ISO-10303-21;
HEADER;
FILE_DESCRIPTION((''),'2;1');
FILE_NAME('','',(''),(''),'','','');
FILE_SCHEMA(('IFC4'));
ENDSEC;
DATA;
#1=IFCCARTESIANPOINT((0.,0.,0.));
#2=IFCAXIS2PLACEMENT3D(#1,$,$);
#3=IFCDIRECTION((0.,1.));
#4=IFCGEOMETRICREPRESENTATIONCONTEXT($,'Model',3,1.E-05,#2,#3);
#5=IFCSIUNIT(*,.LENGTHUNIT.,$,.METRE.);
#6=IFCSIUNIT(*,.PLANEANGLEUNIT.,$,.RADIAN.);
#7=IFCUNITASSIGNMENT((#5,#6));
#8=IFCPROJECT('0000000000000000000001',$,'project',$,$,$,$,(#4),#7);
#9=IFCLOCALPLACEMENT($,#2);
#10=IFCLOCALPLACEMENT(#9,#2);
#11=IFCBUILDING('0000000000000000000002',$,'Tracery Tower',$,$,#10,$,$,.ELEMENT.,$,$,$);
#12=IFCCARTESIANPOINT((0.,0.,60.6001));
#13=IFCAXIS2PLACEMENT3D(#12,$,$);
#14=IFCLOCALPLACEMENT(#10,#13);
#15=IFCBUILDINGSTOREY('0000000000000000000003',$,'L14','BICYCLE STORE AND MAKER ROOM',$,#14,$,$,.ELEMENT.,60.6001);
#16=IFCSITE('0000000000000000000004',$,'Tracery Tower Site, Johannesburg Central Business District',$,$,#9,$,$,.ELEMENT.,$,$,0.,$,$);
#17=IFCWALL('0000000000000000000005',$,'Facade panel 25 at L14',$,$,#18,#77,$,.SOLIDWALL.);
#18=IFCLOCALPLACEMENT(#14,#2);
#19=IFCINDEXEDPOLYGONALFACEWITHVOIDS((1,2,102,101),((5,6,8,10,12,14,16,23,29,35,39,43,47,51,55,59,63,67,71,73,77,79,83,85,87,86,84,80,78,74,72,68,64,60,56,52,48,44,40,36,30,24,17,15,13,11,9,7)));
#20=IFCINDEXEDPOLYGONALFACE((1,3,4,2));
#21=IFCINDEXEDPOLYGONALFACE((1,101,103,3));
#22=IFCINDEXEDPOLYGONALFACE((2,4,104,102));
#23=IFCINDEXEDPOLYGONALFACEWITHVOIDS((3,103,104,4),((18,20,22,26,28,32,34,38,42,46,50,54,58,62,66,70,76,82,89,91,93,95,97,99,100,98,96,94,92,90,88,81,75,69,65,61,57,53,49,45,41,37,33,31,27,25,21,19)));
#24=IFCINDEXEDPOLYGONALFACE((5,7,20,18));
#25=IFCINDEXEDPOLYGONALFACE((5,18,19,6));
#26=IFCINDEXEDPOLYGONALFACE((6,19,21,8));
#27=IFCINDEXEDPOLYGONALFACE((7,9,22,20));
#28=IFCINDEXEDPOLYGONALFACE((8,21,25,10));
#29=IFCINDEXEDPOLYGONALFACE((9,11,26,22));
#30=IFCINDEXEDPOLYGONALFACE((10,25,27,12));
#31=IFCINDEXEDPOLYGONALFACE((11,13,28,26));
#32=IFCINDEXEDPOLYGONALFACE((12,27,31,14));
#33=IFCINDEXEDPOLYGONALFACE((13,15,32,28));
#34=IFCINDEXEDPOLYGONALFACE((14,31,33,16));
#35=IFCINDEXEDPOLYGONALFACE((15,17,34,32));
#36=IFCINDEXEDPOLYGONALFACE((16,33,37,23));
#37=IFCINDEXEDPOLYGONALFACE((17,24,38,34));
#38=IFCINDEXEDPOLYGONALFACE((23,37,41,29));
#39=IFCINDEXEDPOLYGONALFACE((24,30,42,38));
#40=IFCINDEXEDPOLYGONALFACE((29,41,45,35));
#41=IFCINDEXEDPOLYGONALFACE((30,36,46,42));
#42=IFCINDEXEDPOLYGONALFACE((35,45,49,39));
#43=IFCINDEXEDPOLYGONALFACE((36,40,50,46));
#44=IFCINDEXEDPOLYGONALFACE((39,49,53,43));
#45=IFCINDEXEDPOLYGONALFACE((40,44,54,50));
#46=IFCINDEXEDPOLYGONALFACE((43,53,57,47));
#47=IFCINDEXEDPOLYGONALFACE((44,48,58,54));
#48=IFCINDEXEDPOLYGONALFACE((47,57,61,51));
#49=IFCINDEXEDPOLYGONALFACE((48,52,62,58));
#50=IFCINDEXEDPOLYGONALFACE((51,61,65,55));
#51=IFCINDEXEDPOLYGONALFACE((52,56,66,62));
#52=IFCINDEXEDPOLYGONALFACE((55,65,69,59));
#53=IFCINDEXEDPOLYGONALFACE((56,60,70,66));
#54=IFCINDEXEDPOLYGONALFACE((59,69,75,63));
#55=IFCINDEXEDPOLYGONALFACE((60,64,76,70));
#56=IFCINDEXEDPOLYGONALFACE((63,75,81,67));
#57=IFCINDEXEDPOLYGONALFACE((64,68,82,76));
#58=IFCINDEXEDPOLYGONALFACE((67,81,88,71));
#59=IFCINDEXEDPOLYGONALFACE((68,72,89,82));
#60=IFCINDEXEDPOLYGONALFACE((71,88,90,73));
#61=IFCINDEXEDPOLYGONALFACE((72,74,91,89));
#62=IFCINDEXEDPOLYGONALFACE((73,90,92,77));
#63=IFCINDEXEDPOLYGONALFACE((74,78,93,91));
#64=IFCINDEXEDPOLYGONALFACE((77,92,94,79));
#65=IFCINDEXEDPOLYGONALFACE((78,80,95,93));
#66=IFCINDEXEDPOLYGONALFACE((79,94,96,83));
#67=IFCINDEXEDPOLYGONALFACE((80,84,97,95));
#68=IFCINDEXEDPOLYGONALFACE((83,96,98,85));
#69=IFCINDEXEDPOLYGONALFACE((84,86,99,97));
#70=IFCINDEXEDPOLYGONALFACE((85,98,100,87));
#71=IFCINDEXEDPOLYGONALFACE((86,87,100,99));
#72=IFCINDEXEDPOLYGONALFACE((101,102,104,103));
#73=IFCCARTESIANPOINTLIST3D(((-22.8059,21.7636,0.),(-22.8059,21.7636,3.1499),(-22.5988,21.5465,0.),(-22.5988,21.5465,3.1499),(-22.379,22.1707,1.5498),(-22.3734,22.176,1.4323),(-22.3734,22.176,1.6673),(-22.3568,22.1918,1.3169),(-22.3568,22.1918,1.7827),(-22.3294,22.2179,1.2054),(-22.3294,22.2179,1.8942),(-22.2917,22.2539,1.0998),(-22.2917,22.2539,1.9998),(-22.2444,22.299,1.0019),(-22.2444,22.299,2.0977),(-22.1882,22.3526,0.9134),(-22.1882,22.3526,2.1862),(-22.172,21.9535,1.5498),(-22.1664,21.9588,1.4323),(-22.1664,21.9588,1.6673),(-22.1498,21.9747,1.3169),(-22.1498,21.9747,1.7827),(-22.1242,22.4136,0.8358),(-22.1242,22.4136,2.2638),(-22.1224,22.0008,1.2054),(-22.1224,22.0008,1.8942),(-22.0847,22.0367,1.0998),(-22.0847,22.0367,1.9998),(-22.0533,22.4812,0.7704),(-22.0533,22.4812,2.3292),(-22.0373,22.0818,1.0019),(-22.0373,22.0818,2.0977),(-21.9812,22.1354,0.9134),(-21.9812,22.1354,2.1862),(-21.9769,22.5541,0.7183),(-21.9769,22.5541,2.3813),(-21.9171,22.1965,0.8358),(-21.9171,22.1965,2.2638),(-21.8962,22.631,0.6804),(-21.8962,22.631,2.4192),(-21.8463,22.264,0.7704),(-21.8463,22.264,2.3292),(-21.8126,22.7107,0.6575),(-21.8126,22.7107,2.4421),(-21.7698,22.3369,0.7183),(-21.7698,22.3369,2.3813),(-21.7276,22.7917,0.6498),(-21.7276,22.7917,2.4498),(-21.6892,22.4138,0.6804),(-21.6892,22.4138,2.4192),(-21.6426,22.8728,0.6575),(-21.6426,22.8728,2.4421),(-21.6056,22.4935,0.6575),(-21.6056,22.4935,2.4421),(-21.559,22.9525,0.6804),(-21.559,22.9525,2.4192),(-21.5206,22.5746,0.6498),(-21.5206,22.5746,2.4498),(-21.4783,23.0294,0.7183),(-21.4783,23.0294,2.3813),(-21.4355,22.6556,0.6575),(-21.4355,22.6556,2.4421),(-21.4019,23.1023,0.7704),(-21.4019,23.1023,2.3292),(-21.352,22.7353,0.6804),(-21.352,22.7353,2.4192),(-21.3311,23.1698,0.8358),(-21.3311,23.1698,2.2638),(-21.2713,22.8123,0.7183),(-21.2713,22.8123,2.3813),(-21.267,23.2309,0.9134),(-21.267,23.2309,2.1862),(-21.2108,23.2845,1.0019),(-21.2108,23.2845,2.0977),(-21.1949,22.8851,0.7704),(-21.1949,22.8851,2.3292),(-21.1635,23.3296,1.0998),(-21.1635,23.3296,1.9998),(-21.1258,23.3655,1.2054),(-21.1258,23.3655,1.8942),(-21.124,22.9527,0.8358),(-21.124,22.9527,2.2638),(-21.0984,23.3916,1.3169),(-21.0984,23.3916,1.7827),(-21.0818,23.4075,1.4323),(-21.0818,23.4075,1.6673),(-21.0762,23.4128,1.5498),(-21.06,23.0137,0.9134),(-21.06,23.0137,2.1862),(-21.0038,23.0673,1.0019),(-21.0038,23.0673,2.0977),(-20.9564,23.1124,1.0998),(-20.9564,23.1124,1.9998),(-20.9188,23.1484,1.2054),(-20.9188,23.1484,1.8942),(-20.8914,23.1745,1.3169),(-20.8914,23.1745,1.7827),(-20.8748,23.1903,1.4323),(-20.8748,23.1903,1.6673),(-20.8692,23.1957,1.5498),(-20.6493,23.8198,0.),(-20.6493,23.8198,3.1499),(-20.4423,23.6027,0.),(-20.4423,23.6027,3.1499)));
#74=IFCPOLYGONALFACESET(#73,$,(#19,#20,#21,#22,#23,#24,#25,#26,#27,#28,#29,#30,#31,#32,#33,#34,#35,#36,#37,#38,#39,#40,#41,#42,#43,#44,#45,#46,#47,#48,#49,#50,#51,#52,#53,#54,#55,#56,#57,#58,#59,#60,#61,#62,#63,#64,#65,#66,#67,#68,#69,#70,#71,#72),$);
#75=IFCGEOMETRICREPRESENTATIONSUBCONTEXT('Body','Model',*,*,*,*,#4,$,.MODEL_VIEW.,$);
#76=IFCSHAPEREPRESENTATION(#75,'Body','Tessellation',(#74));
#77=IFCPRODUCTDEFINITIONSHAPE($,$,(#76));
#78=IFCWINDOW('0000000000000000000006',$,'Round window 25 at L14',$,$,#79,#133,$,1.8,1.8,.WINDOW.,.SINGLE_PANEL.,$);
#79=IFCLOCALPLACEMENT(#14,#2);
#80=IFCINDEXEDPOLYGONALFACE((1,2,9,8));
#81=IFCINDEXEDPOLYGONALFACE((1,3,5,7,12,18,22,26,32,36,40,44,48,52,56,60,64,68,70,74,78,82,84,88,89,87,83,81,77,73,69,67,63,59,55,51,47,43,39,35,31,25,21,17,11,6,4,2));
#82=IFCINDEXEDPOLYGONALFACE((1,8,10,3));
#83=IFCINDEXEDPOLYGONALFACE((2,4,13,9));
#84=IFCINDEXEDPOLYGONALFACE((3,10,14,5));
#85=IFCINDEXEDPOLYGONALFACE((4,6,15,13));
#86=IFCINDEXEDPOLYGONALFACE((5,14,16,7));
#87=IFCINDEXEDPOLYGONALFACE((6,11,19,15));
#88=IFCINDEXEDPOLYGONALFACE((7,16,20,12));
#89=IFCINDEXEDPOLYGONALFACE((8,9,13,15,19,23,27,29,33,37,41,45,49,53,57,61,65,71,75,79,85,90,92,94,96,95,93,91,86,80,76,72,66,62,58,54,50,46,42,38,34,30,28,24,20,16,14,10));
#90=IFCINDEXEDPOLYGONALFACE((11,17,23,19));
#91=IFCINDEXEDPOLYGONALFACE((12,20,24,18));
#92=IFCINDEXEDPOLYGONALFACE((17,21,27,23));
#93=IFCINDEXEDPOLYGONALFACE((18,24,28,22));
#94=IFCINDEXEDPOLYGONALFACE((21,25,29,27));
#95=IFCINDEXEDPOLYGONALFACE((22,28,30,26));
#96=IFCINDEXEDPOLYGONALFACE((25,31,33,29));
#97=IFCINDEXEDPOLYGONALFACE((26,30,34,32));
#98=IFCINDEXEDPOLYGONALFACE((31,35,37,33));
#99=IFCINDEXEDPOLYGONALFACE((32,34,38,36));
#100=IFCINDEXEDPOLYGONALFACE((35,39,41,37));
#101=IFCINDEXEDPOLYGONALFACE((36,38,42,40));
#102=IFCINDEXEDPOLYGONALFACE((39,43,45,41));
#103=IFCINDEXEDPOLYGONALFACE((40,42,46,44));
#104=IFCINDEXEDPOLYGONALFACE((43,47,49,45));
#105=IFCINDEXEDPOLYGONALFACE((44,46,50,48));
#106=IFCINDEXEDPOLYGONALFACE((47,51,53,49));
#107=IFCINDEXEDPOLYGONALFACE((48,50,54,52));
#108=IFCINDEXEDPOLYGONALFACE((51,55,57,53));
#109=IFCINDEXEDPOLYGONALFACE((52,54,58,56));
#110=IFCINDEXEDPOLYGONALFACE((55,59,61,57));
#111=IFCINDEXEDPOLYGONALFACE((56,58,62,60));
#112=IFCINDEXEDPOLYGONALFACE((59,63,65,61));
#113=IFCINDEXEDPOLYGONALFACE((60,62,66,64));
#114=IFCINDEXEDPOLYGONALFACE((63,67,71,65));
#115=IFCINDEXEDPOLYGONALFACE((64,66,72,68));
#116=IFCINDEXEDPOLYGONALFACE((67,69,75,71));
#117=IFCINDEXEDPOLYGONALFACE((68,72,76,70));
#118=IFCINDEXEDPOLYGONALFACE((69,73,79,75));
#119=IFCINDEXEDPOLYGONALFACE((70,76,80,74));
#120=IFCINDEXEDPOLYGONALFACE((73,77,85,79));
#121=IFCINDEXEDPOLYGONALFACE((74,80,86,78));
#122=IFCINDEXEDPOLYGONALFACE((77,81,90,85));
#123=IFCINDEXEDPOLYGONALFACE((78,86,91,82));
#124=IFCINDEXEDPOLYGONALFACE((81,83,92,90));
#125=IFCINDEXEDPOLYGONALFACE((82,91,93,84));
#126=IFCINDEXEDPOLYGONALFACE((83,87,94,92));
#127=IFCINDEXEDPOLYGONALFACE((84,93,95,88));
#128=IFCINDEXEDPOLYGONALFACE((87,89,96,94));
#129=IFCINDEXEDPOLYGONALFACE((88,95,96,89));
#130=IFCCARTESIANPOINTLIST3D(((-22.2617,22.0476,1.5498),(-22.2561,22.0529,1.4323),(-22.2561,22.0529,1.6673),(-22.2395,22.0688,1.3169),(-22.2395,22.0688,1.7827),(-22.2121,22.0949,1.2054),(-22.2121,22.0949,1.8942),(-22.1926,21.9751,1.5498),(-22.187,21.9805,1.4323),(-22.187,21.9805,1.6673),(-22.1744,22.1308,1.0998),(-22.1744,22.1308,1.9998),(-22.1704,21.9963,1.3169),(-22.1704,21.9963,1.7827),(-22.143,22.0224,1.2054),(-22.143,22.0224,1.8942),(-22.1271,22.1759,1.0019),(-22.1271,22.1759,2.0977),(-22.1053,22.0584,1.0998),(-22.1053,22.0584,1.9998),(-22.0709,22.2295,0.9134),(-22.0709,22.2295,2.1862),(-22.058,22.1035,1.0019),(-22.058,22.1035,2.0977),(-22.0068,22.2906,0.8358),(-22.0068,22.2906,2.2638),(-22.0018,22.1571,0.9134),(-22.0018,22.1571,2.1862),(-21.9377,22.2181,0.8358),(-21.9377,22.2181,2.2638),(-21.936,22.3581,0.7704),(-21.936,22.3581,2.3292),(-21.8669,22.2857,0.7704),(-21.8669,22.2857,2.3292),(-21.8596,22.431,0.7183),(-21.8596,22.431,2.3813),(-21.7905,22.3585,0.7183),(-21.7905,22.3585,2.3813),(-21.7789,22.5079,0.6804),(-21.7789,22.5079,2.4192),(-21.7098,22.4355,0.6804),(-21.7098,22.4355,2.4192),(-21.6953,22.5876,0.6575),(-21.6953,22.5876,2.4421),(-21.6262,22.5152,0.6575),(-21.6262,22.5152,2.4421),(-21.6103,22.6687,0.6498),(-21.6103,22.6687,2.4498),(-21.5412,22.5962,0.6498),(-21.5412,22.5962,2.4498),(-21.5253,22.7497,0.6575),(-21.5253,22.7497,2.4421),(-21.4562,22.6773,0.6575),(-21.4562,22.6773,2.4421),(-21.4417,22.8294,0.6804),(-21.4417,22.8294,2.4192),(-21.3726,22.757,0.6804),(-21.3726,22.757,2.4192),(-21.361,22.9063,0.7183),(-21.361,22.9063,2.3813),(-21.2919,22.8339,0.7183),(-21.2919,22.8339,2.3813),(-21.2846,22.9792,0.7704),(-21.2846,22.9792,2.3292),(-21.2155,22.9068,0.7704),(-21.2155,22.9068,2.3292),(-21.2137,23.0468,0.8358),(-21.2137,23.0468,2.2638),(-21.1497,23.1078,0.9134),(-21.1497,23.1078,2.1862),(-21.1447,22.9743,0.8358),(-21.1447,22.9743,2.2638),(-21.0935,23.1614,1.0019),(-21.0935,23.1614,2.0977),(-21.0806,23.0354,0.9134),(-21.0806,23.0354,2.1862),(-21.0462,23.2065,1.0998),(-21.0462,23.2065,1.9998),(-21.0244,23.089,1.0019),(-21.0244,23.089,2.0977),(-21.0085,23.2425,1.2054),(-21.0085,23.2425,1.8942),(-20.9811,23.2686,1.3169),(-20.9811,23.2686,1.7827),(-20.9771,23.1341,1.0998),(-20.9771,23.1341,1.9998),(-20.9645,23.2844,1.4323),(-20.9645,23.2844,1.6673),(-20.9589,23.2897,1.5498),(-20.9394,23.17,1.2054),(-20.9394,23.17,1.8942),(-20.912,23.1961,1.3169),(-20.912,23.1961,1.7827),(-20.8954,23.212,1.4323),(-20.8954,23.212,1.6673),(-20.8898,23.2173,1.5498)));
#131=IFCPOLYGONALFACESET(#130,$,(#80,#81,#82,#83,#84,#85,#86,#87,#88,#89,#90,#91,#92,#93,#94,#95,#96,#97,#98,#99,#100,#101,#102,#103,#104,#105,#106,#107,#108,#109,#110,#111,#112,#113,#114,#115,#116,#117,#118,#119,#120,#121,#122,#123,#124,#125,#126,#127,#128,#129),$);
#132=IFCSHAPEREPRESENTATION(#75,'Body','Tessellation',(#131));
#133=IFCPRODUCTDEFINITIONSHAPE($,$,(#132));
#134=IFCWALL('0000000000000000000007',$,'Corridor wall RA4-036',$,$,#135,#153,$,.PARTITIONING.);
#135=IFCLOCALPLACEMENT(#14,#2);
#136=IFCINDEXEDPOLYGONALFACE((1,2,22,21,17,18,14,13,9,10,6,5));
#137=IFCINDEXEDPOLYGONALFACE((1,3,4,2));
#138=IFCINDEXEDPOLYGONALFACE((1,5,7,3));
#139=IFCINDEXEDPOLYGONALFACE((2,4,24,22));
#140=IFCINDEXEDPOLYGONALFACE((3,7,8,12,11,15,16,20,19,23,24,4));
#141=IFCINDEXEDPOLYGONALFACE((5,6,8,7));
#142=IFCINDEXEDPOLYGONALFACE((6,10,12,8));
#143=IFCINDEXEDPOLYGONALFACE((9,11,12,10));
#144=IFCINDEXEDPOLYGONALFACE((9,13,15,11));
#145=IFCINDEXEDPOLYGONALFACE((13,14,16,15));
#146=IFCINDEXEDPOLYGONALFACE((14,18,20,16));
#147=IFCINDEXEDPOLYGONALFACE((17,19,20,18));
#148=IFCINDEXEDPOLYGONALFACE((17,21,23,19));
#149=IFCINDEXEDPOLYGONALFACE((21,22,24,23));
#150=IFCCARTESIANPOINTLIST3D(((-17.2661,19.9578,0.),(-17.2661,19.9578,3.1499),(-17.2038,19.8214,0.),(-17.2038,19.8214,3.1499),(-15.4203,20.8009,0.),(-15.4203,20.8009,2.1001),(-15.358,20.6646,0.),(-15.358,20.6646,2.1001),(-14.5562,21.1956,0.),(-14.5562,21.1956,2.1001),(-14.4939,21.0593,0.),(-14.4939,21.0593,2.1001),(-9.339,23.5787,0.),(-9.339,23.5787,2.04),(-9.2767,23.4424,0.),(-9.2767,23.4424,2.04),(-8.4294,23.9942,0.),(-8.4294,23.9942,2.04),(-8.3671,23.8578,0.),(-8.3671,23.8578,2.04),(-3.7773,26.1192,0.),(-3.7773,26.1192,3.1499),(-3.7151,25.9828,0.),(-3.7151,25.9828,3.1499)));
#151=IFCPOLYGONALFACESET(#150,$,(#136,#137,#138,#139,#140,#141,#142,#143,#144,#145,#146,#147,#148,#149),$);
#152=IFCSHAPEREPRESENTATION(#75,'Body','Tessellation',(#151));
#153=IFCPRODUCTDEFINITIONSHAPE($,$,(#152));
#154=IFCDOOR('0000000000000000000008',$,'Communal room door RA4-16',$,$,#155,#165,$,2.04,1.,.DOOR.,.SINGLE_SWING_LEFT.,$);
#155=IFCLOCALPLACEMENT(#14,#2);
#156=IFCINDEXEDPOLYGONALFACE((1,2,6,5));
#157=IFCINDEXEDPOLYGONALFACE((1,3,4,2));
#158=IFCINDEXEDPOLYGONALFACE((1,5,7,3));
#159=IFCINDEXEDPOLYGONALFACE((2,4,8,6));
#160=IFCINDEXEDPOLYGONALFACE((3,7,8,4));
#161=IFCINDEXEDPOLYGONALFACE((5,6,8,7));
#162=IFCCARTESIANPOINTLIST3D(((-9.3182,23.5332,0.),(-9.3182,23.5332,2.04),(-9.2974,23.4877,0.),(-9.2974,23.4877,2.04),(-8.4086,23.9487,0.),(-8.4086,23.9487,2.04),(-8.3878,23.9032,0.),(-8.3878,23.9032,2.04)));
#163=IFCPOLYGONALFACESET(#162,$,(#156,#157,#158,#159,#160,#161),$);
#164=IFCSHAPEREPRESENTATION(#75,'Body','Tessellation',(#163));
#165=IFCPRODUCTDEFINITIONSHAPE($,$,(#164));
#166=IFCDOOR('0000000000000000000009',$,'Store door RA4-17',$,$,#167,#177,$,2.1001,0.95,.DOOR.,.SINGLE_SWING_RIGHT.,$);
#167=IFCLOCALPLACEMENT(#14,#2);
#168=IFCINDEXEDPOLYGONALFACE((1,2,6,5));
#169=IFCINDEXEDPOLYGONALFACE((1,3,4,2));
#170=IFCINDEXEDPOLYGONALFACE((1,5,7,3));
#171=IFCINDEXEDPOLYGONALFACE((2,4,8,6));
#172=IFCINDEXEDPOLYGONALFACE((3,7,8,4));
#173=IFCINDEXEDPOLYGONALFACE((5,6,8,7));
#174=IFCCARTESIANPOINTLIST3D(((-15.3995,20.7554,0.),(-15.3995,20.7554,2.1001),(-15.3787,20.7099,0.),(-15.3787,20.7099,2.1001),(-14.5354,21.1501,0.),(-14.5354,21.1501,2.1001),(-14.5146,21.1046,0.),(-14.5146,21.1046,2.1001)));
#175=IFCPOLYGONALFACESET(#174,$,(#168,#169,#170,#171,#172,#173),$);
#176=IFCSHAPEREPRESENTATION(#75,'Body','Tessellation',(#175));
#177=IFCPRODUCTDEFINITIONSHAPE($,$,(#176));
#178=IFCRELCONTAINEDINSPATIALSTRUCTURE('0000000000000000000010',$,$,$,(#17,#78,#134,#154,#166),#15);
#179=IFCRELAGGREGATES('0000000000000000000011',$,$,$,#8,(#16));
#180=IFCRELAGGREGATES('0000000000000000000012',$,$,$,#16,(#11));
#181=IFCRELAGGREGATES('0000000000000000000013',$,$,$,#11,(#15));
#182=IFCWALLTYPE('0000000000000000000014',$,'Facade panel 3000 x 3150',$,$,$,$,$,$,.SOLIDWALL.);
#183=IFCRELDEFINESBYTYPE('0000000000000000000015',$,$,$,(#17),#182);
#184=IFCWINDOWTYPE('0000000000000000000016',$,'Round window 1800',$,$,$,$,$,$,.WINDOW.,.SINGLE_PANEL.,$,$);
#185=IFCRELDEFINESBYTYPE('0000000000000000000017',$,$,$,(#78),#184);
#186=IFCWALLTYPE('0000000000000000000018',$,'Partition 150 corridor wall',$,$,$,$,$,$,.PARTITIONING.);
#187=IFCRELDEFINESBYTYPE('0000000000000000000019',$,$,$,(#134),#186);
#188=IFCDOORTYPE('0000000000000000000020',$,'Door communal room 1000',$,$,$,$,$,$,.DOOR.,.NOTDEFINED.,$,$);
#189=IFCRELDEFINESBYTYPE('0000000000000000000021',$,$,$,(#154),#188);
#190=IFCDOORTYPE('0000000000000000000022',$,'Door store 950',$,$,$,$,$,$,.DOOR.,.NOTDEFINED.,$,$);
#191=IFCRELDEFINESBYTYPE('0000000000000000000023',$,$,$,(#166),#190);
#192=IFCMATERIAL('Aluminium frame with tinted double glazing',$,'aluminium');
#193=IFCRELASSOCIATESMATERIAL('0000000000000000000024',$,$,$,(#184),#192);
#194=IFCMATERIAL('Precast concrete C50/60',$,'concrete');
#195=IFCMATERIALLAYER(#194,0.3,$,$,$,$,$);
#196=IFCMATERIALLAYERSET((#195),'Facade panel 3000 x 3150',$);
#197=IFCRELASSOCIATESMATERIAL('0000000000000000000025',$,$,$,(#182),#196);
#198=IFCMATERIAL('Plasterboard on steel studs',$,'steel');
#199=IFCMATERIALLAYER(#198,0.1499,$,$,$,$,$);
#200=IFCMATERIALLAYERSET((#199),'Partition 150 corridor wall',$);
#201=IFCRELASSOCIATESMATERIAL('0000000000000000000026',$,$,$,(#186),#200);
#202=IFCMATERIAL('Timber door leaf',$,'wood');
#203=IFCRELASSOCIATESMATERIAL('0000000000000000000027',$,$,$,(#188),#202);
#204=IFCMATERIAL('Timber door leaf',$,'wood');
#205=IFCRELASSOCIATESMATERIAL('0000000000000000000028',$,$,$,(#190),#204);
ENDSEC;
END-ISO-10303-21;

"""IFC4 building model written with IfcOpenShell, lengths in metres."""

from ifc_helpers import new_model, si_unit, direction, frame, frame_2d, origin, origin_2d, place, context, subcontext, project, spatial, rectangle, circle, extrude, material, layer, layer_set, type_object, element, fill, save


model = new_model("IFC4")

# Units and contexts
model_context = context("Model", 3, precision=1e-05, world=origin(), true_north=direction((0.0, 1.0)))
body_context = subcontext(model_context, "Body", "Model", "MODEL_VIEW")
ifc_project = project(units=[si_unit("LENGTHUNIT", "METRE"), si_unit("PLANEANGLEUNIT", "RADIAN")], contexts=[model_context])

# Site, building, storey
site_placement = place(None, origin())
site = spatial("IfcSite", under=ifc_project, at=site_placement, Name="Tracery Tower Site, Johannesburg Central Business District", CompositionType="ELEMENT", RefElevation=0.0)
building_placement = place(site_placement, origin())
building = spatial("IfcBuilding", under=site, at=building_placement, Name="Tracery Tower", CompositionType="ELEMENT")
storey_placement = place(building_placement, frame((0.0, 0.0, 60.6001)))
storey = spatial("IfcBuildingStorey", under=building, at=storey_placement, Name="L14", Description="BICYCLE STORE AND MAKER ROOM", CompositionType="ELEMENT", Elevation=60.6001)

# Wall, opening, window
ifc_material_1 = material(Name="Aluminium frame with tinted double glazing", Category="aluminium")
window_type = type_object("IfcWindowType", Name="Round window 1800", PartitioningType="SINGLE_PANEL", PredefinedType="WINDOW", material=ifc_material_1)
ifc_material_2 = material(Name="Precast concrete C50/60", Category="concrete")
ifc_layer_1 = layer(ifc_material_2, 0.3)
ifc_layer_set_1 = layer_set([ifc_layer_1], Name="Facade panel 3000 x 3150")
wall_type_1 = type_object("IfcWallType", Name="Facade panel 3000 x 3150", PredefinedType="SOLIDWALL", material=ifc_layer_set_1)
wall_1_placement = place(storey_placement, frame((-20.5459, 23.7112, 0.0), z_axis=(0.0, 0.0, 1.0), x_axis=(-0.723744, -0.690068, 0.0)))
wall_1 = element("IfcWall", 1, at=wall_1_placement, inside=storey, type_object=wall_type_1, Name="Facade panel 25 at L14", PredefinedType="SOLIDWALL", context=body_context, shape_type="SweptSolid", body=[
    extrude(rectangle(XDim=2.9797, YDim=0.3, at=frame_2d((1.4897, 0.0))), origin(), (0.0, 0.0, 1.0), 3.1499),
])
opening_1_placement = place(wall_1_placement, frame((1.4897, 0.0, 1.5498)))
opening_1 = element("IfcOpeningElement", 2, at=opening_1_placement, cuts=wall_1, PredefinedType="OPENING", context=body_context, shape_type="SweptSolid", body=[
    extrude(circle(Radius=0.9, at=origin_2d()), frame((0.0, 0.1599, 0.0), z_axis=(0.0, -1.0, 0.0), x_axis=(1.0, 0.0, 0.0)), (0.0, 0.0, 1.0), 0.3201),
])
window_1_placement = place(opening_1_placement, origin())
window_1 = element("IfcWindow", 3, at=window_1_placement, inside=storey, type_object=window_type, Name="Round window 25 at L14", OverallHeight=1.8, OverallWidth=1.8, PartitioningType="SINGLE_PANEL", PredefinedType="WINDOW", context=body_context, shape_type="SweptSolid", body=[
    extrude(circle(Radius=0.9, at=origin_2d()), frame((0.0, 0.1201, 0.0), z_axis=(0.0, -1.0, 0.0), x_axis=(1.0, 0.0, 0.0)), (0.0, 0.0, 1.0), 0.1001),
])
fill(opening_1, window_1)

# Wall, openings, doors
ifc_material_3 = material(Name="Plasterboard on steel studs", Category="steel")
ifc_layer_2 = layer(ifc_material_3, 0.1499)
ifc_layer_set_2 = layer_set([ifc_layer_2], Name="Partition 150 corridor wall")
wall_type_2 = type_object("IfcWallType", Name="Partition 150 corridor wall", PredefinedType="PARTITIONING", material=ifc_layer_set_2)
wall_2_placement = place(storey_placement, frame((-17.2349, 19.8896, 0.0), z_axis=(0.0, 0.0, 1.0), x_axis=(0.9096, 0.415485, 0.0)))
wall_2 = element("IfcWall", 4, at=wall_2_placement, inside=storey, type_object=wall_type_2, Name="Corridor wall RA4-036", PredefinedType="PARTITIONING", context=body_context, shape_type="SweptSolid", body=[
    extrude(rectangle(XDim=14.8293, YDim=0.1499, at=frame_2d((7.4146, 0.0))), origin(), (0.0, 0.0, 1.0), 3.1499),
])
opening_2_placement = place(wall_2_placement, frame((8.7148, 0.0, 0.0)))
opening_2 = element("IfcOpeningElement", 5, at=opening_2_placement, cuts=wall_2, PredefinedType="OPENING", context=body_context, shape_type="SweptSolid", body=[
    extrude(rectangle(XDim=1.0, YDim=2.04, at=frame_2d((0.5, 1.02))), frame((0.0, 0.075, 0.0), z_axis=(0.0, -1.0, 0.0), x_axis=(1.0, 0.0, 0.0)), (0.0, 0.0, 1.0), 0.1499),
])
opening_3_placement = place(wall_2_placement, frame((2.0291, 0.0, 0.0)))
opening_3 = element("IfcOpeningElement", 6, at=opening_3_placement, cuts=wall_2, PredefinedType="OPENING", context=body_context, shape_type="SweptSolid", body=[
    extrude(rectangle(XDim=0.95, YDim=2.1001, at=frame_2d((0.4751, 1.05))), frame((0.0, 0.075, 0.0), z_axis=(0.0, -1.0, 0.0), x_axis=(1.0, 0.0, 0.0)), (0.0, 0.0, 1.0), 0.1499),
])
ifc_material_4 = material(Name="Timber door leaf", Category="wood")
door_type_1 = type_object("IfcDoorType", Name="Door communal room 1000", OperationType="NOTDEFINED", PredefinedType="DOOR", material=ifc_material_4)
door_1_placement = place(opening_2_placement, origin())
door_1 = element("IfcDoor", 7, at=door_1_placement, inside=storey, type_object=door_type_1, Name="Communal room door RA4-16", OperationType="SINGLE_SWING_LEFT", OverallHeight=2.04, OverallWidth=1.0, PredefinedType="DOOR", context=body_context, shape_type="SweptSolid", body=[
    extrude(rectangle(XDim=1.0, YDim=2.04, at=frame_2d((0.5, 1.02))), frame((0.0, 0.0249, 0.0), z_axis=(0.0, -1.0, 0.0), x_axis=(1.0, 0.0, 0.0)), (0.0, 0.0, 1.0), 0.05),
])
fill(opening_2, door_1)
ifc_material_5 = material(Name="Timber door leaf", Category="wood")
door_type_2 = type_object("IfcDoorType", Name="Door store 950", OperationType="NOTDEFINED", PredefinedType="DOOR", material=ifc_material_5)
door_2_placement = place(opening_3_placement, origin())
door_2 = element("IfcDoor", 8, at=door_2_placement, inside=storey, type_object=door_type_2, Name="Store door RA4-17", OperationType="SINGLE_SWING_RIGHT", OverallHeight=2.1001, OverallWidth=0.95, PredefinedType="DOOR", context=body_context, shape_type="SweptSolid", body=[
    extrude(rectangle(XDim=0.95, YDim=2.1001, at=frame_2d((0.4751, 1.05))), frame((0.0, 0.0249, 0.0), z_axis=(0.0, -1.0, 0.0), x_axis=(1.0, 0.0, 0.0)), (0.0, 0.0, 1.0), 0.05),
])
fill(opening_3, door_2)

save(model, "model.ifc")
